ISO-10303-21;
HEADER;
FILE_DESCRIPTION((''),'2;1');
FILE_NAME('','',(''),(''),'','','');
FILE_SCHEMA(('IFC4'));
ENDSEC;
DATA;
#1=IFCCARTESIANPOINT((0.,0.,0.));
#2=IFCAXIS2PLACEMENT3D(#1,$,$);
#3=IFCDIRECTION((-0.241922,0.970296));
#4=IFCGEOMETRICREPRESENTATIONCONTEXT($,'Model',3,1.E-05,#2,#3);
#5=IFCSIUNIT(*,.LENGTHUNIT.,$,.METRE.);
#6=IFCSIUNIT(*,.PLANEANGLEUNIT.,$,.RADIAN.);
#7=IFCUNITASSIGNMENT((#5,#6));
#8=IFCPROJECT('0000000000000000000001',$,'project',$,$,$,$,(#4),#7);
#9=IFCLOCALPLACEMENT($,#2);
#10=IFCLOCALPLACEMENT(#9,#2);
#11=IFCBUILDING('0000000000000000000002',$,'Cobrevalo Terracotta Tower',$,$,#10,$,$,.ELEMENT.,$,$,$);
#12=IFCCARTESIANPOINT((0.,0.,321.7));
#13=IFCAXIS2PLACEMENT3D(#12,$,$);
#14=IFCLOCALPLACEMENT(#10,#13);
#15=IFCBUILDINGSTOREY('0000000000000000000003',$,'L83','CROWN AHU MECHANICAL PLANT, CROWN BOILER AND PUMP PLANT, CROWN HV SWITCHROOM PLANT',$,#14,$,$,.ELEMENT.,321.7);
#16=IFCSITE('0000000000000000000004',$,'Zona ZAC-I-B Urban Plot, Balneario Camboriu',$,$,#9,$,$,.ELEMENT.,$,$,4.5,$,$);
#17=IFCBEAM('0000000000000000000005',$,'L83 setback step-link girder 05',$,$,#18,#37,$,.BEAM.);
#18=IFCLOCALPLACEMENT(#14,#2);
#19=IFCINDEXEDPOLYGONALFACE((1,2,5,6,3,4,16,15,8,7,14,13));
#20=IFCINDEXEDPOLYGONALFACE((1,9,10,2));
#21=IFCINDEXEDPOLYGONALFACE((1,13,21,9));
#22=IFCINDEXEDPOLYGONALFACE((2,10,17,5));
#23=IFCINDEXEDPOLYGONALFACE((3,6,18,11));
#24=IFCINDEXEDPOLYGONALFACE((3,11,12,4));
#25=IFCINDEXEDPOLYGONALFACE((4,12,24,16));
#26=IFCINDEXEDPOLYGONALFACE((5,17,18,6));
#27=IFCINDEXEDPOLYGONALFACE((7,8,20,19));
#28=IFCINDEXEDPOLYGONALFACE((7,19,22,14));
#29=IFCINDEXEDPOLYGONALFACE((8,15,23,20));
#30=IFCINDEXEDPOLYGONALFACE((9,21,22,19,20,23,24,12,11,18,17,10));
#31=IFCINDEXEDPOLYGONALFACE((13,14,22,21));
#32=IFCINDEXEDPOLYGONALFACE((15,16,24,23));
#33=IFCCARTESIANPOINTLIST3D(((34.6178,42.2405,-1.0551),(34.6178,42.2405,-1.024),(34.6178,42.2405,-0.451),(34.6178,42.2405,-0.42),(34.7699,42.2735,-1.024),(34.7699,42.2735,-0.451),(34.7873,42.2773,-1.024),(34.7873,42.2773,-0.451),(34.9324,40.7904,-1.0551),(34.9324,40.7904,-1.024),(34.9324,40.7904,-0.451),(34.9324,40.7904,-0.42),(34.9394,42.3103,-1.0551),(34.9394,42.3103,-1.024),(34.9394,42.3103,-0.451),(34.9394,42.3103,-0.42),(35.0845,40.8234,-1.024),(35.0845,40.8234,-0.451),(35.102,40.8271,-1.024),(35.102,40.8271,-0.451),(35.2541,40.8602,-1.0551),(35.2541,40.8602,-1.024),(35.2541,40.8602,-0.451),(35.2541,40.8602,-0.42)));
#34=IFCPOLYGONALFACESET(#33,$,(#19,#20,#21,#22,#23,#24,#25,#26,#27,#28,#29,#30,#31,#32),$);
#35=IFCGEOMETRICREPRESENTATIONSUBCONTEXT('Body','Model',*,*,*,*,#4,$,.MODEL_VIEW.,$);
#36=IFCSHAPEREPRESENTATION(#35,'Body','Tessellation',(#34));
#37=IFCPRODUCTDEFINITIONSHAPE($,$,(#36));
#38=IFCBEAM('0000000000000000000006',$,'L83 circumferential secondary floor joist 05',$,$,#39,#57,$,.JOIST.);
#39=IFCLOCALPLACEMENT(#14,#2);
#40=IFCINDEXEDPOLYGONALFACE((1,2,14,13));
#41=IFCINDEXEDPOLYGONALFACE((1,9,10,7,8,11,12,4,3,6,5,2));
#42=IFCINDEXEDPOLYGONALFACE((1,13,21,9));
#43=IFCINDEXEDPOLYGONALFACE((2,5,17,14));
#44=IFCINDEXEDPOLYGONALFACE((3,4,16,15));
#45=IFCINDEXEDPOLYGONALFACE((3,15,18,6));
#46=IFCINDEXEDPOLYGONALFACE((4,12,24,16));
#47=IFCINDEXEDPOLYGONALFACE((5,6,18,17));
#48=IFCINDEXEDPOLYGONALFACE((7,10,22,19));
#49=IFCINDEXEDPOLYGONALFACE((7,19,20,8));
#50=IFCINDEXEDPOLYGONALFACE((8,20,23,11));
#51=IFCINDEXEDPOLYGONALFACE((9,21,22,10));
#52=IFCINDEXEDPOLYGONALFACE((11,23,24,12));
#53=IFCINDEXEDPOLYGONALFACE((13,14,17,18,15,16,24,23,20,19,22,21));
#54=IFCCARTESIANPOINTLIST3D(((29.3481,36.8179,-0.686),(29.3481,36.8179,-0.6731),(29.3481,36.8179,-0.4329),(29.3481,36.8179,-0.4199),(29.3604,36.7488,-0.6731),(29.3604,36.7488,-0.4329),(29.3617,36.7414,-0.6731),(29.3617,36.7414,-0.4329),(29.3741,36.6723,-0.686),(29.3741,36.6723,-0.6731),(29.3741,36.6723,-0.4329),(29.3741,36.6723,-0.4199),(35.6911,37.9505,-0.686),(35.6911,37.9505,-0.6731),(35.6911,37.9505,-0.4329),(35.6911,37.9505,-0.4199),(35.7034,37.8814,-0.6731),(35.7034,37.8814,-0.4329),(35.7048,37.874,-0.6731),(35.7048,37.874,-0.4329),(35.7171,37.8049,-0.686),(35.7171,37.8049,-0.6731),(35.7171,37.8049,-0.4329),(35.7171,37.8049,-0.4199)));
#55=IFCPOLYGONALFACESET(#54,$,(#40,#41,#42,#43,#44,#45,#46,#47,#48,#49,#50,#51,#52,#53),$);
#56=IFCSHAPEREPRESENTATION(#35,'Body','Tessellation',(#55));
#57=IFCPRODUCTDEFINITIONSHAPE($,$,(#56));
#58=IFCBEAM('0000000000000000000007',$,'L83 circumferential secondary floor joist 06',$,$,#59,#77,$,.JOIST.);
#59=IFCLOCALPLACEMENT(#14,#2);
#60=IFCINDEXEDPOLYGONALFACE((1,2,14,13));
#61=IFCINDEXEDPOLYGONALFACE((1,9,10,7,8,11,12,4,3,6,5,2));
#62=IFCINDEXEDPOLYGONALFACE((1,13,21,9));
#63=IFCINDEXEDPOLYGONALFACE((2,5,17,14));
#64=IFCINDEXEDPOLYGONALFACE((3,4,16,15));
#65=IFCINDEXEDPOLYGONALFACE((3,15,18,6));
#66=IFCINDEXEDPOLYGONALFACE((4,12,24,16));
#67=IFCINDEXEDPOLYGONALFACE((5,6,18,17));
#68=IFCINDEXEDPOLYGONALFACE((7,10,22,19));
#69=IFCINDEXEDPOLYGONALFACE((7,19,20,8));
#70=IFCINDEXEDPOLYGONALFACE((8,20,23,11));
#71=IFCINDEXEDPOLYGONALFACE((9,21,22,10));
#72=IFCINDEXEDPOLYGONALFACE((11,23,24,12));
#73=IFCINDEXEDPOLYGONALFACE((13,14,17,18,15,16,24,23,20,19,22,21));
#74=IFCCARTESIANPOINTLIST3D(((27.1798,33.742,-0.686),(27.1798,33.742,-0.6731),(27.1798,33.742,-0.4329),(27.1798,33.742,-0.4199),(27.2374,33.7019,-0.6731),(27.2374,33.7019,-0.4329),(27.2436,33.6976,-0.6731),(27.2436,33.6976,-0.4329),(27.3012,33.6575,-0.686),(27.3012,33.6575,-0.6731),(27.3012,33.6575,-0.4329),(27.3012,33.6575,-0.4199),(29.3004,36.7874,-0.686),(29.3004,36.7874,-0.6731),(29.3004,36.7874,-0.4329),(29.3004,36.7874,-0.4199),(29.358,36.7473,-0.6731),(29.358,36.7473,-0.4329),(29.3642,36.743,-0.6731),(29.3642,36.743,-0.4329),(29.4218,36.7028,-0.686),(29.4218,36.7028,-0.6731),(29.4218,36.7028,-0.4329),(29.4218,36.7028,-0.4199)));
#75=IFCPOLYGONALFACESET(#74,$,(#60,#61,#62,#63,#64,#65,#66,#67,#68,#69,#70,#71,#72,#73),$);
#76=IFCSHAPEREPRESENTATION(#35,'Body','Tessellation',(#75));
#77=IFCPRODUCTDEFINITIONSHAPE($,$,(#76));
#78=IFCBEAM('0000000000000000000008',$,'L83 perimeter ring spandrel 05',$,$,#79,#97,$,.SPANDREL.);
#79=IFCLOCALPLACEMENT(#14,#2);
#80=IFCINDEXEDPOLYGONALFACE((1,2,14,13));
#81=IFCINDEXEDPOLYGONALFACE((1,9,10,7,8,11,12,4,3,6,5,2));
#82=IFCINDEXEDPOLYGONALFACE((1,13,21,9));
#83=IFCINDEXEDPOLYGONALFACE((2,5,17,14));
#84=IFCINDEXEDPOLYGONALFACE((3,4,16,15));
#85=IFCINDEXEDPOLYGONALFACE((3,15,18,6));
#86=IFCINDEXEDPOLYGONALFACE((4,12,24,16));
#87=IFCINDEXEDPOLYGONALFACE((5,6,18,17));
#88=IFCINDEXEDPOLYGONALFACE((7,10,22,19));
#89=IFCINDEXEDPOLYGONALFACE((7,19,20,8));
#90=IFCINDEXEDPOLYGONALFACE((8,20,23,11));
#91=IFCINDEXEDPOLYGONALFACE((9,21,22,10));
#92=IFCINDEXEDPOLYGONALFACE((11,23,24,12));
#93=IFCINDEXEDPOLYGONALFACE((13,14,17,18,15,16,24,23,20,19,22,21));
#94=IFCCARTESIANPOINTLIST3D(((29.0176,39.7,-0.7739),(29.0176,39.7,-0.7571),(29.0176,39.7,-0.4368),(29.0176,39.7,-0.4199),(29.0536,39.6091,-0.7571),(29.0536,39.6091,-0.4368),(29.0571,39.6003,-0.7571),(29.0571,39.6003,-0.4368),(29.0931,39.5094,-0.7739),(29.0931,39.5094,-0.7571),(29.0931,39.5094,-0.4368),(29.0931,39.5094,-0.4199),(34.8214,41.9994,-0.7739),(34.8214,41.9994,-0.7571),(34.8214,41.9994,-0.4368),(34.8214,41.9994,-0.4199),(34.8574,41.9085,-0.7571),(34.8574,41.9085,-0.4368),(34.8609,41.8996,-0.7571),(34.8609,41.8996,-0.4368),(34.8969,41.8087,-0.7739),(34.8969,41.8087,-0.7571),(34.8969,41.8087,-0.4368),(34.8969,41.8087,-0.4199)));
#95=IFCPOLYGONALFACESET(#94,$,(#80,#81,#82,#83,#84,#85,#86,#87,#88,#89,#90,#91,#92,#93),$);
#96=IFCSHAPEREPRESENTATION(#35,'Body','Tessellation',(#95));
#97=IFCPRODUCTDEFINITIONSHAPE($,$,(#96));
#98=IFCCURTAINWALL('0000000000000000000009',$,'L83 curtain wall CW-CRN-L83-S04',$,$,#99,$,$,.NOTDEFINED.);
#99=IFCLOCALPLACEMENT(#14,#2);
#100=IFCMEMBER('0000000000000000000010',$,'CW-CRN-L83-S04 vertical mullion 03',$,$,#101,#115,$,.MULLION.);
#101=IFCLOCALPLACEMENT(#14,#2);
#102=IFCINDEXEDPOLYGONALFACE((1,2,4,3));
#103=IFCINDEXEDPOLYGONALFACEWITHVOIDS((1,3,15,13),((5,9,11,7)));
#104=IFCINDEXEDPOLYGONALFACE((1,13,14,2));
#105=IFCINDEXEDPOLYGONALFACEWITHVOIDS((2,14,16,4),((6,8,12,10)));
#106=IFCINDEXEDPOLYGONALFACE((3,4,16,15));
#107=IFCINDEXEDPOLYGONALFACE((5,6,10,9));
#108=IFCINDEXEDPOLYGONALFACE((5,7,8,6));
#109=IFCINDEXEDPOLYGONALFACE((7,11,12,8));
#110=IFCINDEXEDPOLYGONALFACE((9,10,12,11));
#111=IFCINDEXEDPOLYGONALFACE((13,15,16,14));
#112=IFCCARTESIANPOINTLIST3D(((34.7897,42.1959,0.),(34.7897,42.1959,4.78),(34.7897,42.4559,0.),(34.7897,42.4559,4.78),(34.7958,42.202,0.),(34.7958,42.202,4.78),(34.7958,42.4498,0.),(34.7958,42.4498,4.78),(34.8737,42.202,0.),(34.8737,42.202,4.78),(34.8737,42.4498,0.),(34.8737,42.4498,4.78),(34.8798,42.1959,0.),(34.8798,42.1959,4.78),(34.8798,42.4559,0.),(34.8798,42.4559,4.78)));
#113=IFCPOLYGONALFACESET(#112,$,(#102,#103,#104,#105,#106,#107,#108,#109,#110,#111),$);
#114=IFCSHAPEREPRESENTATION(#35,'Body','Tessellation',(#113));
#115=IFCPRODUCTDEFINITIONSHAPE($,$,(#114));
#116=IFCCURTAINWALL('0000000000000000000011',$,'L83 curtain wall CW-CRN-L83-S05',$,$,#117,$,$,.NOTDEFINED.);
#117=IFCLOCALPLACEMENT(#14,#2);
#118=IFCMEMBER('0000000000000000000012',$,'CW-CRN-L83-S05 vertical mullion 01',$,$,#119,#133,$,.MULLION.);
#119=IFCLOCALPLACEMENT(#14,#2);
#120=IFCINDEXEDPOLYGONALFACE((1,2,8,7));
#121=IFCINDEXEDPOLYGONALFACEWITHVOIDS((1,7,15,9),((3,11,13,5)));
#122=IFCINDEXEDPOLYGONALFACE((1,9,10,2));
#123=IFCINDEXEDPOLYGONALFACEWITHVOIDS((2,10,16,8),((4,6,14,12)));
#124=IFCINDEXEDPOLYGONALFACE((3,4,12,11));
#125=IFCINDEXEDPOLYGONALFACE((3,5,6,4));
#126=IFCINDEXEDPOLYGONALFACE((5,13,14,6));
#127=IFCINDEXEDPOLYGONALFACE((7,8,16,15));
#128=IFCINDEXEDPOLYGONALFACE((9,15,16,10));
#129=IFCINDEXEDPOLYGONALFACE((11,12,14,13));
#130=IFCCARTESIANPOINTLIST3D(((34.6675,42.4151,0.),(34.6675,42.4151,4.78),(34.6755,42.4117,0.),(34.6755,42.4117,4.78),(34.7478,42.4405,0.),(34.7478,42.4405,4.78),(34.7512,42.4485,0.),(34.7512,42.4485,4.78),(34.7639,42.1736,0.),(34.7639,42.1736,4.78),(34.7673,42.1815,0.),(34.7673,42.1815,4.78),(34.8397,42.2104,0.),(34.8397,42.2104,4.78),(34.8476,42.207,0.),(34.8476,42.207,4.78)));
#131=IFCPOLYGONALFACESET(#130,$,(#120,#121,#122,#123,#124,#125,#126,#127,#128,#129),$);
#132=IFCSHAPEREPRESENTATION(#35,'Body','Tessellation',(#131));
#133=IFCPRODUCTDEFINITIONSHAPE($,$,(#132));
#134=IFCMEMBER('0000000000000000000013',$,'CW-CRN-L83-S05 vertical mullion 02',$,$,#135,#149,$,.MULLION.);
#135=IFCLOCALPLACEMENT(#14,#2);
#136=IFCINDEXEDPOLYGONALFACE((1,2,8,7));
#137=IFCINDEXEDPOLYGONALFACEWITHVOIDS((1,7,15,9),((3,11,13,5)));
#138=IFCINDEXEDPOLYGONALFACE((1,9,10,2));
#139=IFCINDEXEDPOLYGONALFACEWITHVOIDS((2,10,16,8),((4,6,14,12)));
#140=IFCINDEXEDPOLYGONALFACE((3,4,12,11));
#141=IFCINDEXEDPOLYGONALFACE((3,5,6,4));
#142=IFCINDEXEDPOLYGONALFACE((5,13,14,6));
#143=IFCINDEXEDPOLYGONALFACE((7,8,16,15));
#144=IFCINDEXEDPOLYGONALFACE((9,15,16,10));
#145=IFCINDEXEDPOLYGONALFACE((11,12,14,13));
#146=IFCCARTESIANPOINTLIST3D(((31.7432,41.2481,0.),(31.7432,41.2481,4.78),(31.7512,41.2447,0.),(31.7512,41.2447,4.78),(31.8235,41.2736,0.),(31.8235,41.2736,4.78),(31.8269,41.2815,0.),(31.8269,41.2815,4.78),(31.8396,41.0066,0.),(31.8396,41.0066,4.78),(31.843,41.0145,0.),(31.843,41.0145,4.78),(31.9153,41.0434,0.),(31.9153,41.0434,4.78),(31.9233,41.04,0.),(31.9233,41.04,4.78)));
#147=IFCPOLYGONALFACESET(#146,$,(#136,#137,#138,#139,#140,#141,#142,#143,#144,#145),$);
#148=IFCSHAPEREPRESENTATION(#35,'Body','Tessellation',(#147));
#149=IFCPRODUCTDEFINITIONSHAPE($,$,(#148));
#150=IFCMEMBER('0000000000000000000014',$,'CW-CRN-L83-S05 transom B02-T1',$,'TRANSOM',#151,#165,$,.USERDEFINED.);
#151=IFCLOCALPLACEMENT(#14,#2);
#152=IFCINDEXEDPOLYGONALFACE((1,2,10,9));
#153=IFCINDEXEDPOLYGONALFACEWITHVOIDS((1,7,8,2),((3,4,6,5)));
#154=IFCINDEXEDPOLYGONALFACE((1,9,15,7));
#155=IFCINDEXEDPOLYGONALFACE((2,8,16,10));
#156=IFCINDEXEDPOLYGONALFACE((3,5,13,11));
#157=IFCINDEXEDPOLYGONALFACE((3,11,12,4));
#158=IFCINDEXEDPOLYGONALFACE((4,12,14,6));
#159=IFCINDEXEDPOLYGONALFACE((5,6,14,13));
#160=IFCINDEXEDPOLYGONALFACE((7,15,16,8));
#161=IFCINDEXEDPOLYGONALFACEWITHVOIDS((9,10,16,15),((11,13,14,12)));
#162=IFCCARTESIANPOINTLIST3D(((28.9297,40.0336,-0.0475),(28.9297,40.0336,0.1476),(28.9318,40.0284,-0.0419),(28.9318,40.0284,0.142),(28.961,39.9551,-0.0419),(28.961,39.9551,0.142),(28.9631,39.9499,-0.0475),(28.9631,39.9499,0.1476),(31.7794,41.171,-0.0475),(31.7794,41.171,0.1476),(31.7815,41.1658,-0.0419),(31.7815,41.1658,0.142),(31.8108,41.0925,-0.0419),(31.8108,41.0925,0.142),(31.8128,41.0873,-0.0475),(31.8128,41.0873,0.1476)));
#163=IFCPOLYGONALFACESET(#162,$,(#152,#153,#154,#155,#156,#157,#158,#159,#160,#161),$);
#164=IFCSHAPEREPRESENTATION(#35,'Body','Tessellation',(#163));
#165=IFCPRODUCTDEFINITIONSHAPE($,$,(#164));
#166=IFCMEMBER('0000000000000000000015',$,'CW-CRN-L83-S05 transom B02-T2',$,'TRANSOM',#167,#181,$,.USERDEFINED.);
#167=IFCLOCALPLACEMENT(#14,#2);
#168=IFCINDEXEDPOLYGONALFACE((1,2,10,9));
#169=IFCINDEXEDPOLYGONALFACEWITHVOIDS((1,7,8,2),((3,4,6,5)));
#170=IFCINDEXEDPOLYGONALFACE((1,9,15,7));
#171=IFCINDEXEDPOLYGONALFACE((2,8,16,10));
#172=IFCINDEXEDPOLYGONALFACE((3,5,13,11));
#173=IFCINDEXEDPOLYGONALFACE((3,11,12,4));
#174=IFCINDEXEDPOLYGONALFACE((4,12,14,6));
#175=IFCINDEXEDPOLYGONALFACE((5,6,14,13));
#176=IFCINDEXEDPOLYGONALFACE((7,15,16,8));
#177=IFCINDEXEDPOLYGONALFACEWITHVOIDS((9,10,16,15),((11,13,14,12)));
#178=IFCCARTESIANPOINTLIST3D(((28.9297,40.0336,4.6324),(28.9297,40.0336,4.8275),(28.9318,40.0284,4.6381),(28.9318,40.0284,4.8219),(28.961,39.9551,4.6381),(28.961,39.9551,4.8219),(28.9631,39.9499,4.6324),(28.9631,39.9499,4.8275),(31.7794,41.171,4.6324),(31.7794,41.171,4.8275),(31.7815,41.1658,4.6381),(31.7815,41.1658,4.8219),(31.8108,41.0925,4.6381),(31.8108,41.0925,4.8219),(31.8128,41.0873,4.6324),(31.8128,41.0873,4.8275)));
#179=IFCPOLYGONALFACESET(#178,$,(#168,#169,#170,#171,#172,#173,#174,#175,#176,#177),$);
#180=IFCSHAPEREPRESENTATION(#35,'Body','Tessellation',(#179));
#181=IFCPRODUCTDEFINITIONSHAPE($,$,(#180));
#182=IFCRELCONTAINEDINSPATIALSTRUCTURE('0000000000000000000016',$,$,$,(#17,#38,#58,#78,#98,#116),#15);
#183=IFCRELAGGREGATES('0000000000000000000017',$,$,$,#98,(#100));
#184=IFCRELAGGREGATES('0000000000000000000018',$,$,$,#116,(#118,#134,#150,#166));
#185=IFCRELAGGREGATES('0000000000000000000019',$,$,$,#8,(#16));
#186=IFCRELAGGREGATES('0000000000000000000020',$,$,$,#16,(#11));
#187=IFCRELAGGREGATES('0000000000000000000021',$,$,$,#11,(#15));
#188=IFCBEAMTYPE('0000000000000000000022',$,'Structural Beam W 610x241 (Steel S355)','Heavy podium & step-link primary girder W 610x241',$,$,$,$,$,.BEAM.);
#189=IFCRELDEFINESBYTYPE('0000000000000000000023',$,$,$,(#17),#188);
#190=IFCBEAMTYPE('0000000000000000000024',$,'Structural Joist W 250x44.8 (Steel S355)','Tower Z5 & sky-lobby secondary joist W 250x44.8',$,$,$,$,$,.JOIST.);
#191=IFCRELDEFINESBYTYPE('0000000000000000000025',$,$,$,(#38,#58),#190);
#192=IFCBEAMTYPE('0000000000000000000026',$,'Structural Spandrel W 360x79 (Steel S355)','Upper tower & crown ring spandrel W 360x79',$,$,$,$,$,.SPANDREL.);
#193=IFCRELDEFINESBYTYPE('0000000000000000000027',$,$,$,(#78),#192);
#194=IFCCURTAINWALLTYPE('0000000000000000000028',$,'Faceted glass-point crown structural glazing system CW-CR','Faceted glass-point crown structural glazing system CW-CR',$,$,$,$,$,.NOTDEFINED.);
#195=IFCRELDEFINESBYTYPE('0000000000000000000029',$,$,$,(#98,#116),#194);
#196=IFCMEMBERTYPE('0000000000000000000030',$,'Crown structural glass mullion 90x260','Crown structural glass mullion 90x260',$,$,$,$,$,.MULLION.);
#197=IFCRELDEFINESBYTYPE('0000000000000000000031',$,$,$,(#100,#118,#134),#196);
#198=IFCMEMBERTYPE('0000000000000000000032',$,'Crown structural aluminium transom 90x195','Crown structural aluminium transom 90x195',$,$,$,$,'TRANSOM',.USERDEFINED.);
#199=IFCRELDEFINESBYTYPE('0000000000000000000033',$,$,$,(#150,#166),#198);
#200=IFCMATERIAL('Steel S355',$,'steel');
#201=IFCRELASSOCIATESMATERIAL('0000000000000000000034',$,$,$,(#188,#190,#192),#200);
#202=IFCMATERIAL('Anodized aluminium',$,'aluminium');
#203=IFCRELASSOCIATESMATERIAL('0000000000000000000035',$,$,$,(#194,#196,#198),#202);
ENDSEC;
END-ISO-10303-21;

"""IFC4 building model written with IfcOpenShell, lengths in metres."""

from ifc_helpers import new_model, si_unit, direction, frame, origin, origin_2d, place, context, subcontext, project, spatial, hollow_rectangle, i_section, extrude, source, transform, mapped, material, material_profile, profile_set, type_object, element, aggregate, save


model = new_model("IFC4")

# Units and contexts
model_context = context("Model", 3, precision=1e-05, world=origin(), true_north=direction((-0.241922, 0.970296)))
body_context = subcontext(model_context, "Body", "Model", "MODEL_VIEW")
ifc_project = project(units=[si_unit("LENGTHUNIT", "METRE"), si_unit("PLANEANGLEUNIT", "RADIAN")], contexts=[model_context])

# Site, building, storey
site_placement = place(None, origin())
site = spatial("IfcSite", under=ifc_project, at=site_placement, Name="Zona ZAC-I-B Urban Plot, Balneario Camboriu", CompositionType="ELEMENT", RefElevation=4.5)
building_placement = place(site_placement, origin())
building = spatial("IfcBuilding", under=site, at=building_placement, Name="Cobrevalo Terracotta Tower", CompositionType="ELEMENT")
storey_placement = place(building_placement, frame((0.0, 0.0, 321.7)))
storey = spatial("IfcBuildingStorey", under=building, at=storey_placement, Name="L83", Description="CROWN AHU MECHANICAL PLANT, CROWN BOILER AND PUMP PLANT, CROWN HV SWITCHROOM PLANT", CompositionType="ELEMENT", Elevation=321.7)

# Shared definitions
ifc_material_1 = material(Name="Steel S355", Category="steel")

# Beams
ifc_material_profile_1 = material_profile(ifc_material_1, i_section(OverallWidth=0.3291, OverallDepth=0.635, WebThickness=0.0178, FlangeThickness=0.031, at=origin_2d()), Name="W 610x241")
ifc_profile_set_1 = profile_set([ifc_material_profile_1], Name="Steel S355")
beam_type_1 = type_object("IfcBeamType", Name="Structural Beam W 610x241 (Steel S355)", Description="Heavy podium & step-link primary girder W 610x241", PredefinedType="BEAM", material=ifc_profile_set_1)
beam_1_placement = place(storey_placement, frame((34.7786, 42.2754, -0.7375), z_axis=(0.212068, -0.977255, 0.0), x_axis=(0.977255, 0.212068, 0.0)))
element("IfcBeam", 1, at=beam_1_placement, inside=storey, type_object=beam_type_1, Name="L83 setback step-link girder 05", PredefinedType="BEAM", context=body_context, shape_type="SweptSolid", body=[
    extrude(i_section(OverallWidth=0.3291, OverallDepth=0.635, WebThickness=0.0178, FlangeThickness=0.031, at=origin_2d()), origin(), (0.0, 0.0, 1.0), 1.4839),
])
ifc_material_profile_2 = material_profile(ifc_material_1, i_section(OverallWidth=0.1479, OverallDepth=0.2661, WebThickness=0.0076, FlangeThickness=0.0129, at=origin_2d()), Name="W 250x44.8")
ifc_profile_set_2 = profile_set([ifc_material_profile_2], Name="Steel S355")
beam_type_2 = type_object("IfcBeamType", Name="Structural Joist W 250x44.8 (Steel S355)", Description="Tower Z5 & sky-lobby secondary joist W 250x44.8", PredefinedType="JOIST", material=ifc_profile_set_2)
beam_2_placement = place(storey_placement, frame((35.7041, 37.8777, -0.553), z_axis=(-0.984431, -0.175774, 0.0), x_axis=(0.175774, -0.984431, 0.0)))
element("IfcBeam", 2, at=beam_2_placement, inside=storey, type_object=beam_type_2, Name="L83 circumferential secondary floor joist 05", PredefinedType="JOIST", context=body_context, shape_type="SweptSolid", body=[
    extrude(i_section(OverallWidth=0.1479, OverallDepth=0.2661, WebThickness=0.0076, FlangeThickness=0.0129, at=origin_2d()), origin(), (0.0, 0.0, 1.0), 6.4434),
])
beam_3_placement = place(storey_placement, frame((29.3611, 36.7451, -0.553), z_axis=(-0.571438, -0.820645, 0.0), x_axis=(0.820645, -0.571438, 0.0)))
element("IfcBeam", 3, at=beam_3_placement, inside=storey, type_object=beam_type_2, Name="L83 circumferential secondary floor joist 06", PredefinedType="JOIST", context=body_context, shape_type="SweptSolid", body=[
    extrude(i_section(OverallWidth=0.1479, OverallDepth=0.2661, WebThickness=0.0076, FlangeThickness=0.0129, at=origin_2d()), origin(), (0.0, 0.0, 1.0), 3.7109),
])
ifc_material_profile_3 = material_profile(ifc_material_1, i_section(OverallWidth=0.2051, OverallDepth=0.354, WebThickness=0.0095, FlangeThickness=0.0168, at=origin_2d()), Name="W 360x79")
ifc_profile_set_3 = profile_set([ifc_material_profile_3], Name="Steel S355")
beam_type_3 = type_object("IfcBeamType", Name="Structural Spandrel W 360x79 (Steel S355)", Description="Upper tower & crown ring spandrel W 360x79", PredefinedType="SPANDREL", material=ifc_profile_set_3)
beam_4_placement = place(storey_placement, frame((34.8591, 41.9041, -0.5969), z_axis=(-0.929696, -0.368327, 0.0), x_axis=(0.368327, -0.929696, 0.0)))
element("IfcBeam", 4, at=beam_4_placement, inside=storey, type_object=beam_type_3, Name="L83 perimeter ring spandrel 05", PredefinedType="SPANDREL", context=body_context, shape_type="SweptSolid", body=[
    extrude(i_section(OverallWidth=0.2051, OverallDepth=0.354, WebThickness=0.0095, FlangeThickness=0.0168, at=origin_2d()), origin(), (0.0, 0.0, 1.0), 6.2427),
])

# Curtain wall, member
ifc_material_2 = material(Name="Anodized aluminium", Category="aluminium")
curtain_wall_type = type_object("IfcCurtainWallType", Name="Faceted glass-point crown structural glazing system CW-CR", Description="Faceted glass-point crown structural glazing system CW-CR", PredefinedType="NOTDEFINED", material=ifc_material_2)
curtain_wall_1_placement = place(storey_placement, origin())
curtain_wall_1 = element("IfcCurtainWall", 5, at=curtain_wall_1_placement, inside=storey, type_object=curtain_wall_type, Name="L83 curtain wall CW-CRN-L83-S04", PredefinedType="NOTDEFINED")
ifc_material_profile_4 = material_profile(ifc_material_2, hollow_rectangle(XDim=0.0901, YDim=0.26, WallThickness=0.0061, at=origin_2d()), Name="CWM 90x260")
ifc_profile_set_4 = profile_set([ifc_material_profile_4], Name="Anodized aluminium")
member_type_1 = type_object("IfcMemberType", Name="Crown structural glass mullion 90x260", Description="Crown structural glass mullion 90x260", PredefinedType="MULLION", material=ifc_profile_set_4)
shared_shape_1 = source(origin(), body_context, "Body", "SweptSolid", [
    extrude(hollow_rectangle(XDim=0.0901, YDim=0.26, WallThickness=0.0061, at=origin_2d()), origin(), (0.0, 0.0, 1.0), 4.78),
])
member_1_placement = place(storey_placement, frame((34.8347, 42.3259, 0.0), z_axis=(0.0, 0.0, 1.0), x_axis=(-1.0, 0.0, 0.0)))
member_1 = element("IfcMember", 6, at=member_1_placement, type_object=member_type_1, Name="CW-CRN-L83-S04 vertical mullion 03", PredefinedType="MULLION", context=body_context, shape_type="MappedRepresentation", body=[
    mapped(shared_shape_1, transform((0.0, 0.0, 0.0), scale=1.0)),
])
aggregate(curtain_wall_1, [member_1])

# Curtain wall, members
curtain_wall_2_placement = place(storey_placement, origin())
curtain_wall_2 = element("IfcCurtainWall", 7, at=curtain_wall_2_placement, inside=storey, type_object=curtain_wall_type, Name="L83 curtain wall CW-CRN-L83-S05", PredefinedType="NOTDEFINED")
member_2_placement = place(storey_placement, frame((34.7576, 42.311, 0.0), z_axis=(0.0, 0.0, 1.0), x_axis=(-0.928771, -0.370655, 0.0)))
member_2 = element("IfcMember", 8, at=member_2_placement, type_object=member_type_1, Name="CW-CRN-L83-S05 vertical mullion 01", PredefinedType="MULLION", context=body_context, shape_type="MappedRepresentation", body=[
    mapped(shared_shape_1, transform((0.0, 0.0, 0.0), scale=1.0)),
])
member_3_placement = place(storey_placement, frame((31.8333, 41.144, 0.0), z_axis=(0.0, 0.0, 1.0), x_axis=(-0.928771, -0.370655, 0.0)))
member_3 = element("IfcMember", 9, at=member_3_placement, type_object=member_type_1, Name="CW-CRN-L83-S05 vertical mullion 02", PredefinedType="MULLION", context=body_context, shape_type="MappedRepresentation", body=[
    mapped(shared_shape_1, transform((0.0, 0.0, 0.0), scale=1.0)),
])
ifc_material_profile_5 = material_profile(ifc_material_2, hollow_rectangle(XDim=0.0901, YDim=0.1951, WallThickness=0.0056, at=origin_2d()), Name="CWT 90x195")
ifc_profile_set_5 = profile_set([ifc_material_profile_5], Name="Anodized aluminium")
member_type_2 = type_object("IfcMemberType", Name="Crown structural aluminium transom 90x195", Description="Crown structural aluminium transom 90x195", ElementType="TRANSOM", PredefinedType="USERDEFINED", material=ifc_profile_set_5)
shared_shape_2 = source(origin(), body_context, "Body", "SweptSolid", [
    extrude(hollow_rectangle(XDim=0.0901, YDim=0.1951, WallThickness=0.0056, at=origin_2d()), origin(), (0.0, 0.0, 1.0), 3.0684),
])
member_4_placement = place(storey_placement, frame((31.7961, 41.1292, 0.05), z_axis=(-0.928756, -0.370691, 0.0), x_axis=(0.370691, -0.928756, 0.0)))
member_4 = element("IfcMember", 10, at=member_4_placement, type_object=member_type_2, Name="CW-CRN-L83-S05 transom B02-T1", ObjectType="TRANSOM", PredefinedType="USERDEFINED", context=body_context, shape_type="MappedRepresentation", body=[
    mapped(shared_shape_2, transform((0.0, 0.0, 0.0), scale=1.0)),
])
member_5_placement = place(storey_placement, frame((31.7961, 41.1292, 4.73), z_axis=(-0.928756, -0.370691, 0.0), x_axis=(0.370691, -0.928756, 0.0)))
member_5 = element("IfcMember", 11, at=member_5_placement, type_object=member_type_2, Name="CW-CRN-L83-S05 transom B02-T2", ObjectType="TRANSOM", PredefinedType="USERDEFINED", context=body_context, shape_type="MappedRepresentation", body=[
    mapped(shared_shape_2, transform((0.0, 0.0, 0.0), scale=1.0)),
])

aggregate(curtain_wall_2, [member_2, member_3, member_4, member_5])

save(model, "model.ifc")
